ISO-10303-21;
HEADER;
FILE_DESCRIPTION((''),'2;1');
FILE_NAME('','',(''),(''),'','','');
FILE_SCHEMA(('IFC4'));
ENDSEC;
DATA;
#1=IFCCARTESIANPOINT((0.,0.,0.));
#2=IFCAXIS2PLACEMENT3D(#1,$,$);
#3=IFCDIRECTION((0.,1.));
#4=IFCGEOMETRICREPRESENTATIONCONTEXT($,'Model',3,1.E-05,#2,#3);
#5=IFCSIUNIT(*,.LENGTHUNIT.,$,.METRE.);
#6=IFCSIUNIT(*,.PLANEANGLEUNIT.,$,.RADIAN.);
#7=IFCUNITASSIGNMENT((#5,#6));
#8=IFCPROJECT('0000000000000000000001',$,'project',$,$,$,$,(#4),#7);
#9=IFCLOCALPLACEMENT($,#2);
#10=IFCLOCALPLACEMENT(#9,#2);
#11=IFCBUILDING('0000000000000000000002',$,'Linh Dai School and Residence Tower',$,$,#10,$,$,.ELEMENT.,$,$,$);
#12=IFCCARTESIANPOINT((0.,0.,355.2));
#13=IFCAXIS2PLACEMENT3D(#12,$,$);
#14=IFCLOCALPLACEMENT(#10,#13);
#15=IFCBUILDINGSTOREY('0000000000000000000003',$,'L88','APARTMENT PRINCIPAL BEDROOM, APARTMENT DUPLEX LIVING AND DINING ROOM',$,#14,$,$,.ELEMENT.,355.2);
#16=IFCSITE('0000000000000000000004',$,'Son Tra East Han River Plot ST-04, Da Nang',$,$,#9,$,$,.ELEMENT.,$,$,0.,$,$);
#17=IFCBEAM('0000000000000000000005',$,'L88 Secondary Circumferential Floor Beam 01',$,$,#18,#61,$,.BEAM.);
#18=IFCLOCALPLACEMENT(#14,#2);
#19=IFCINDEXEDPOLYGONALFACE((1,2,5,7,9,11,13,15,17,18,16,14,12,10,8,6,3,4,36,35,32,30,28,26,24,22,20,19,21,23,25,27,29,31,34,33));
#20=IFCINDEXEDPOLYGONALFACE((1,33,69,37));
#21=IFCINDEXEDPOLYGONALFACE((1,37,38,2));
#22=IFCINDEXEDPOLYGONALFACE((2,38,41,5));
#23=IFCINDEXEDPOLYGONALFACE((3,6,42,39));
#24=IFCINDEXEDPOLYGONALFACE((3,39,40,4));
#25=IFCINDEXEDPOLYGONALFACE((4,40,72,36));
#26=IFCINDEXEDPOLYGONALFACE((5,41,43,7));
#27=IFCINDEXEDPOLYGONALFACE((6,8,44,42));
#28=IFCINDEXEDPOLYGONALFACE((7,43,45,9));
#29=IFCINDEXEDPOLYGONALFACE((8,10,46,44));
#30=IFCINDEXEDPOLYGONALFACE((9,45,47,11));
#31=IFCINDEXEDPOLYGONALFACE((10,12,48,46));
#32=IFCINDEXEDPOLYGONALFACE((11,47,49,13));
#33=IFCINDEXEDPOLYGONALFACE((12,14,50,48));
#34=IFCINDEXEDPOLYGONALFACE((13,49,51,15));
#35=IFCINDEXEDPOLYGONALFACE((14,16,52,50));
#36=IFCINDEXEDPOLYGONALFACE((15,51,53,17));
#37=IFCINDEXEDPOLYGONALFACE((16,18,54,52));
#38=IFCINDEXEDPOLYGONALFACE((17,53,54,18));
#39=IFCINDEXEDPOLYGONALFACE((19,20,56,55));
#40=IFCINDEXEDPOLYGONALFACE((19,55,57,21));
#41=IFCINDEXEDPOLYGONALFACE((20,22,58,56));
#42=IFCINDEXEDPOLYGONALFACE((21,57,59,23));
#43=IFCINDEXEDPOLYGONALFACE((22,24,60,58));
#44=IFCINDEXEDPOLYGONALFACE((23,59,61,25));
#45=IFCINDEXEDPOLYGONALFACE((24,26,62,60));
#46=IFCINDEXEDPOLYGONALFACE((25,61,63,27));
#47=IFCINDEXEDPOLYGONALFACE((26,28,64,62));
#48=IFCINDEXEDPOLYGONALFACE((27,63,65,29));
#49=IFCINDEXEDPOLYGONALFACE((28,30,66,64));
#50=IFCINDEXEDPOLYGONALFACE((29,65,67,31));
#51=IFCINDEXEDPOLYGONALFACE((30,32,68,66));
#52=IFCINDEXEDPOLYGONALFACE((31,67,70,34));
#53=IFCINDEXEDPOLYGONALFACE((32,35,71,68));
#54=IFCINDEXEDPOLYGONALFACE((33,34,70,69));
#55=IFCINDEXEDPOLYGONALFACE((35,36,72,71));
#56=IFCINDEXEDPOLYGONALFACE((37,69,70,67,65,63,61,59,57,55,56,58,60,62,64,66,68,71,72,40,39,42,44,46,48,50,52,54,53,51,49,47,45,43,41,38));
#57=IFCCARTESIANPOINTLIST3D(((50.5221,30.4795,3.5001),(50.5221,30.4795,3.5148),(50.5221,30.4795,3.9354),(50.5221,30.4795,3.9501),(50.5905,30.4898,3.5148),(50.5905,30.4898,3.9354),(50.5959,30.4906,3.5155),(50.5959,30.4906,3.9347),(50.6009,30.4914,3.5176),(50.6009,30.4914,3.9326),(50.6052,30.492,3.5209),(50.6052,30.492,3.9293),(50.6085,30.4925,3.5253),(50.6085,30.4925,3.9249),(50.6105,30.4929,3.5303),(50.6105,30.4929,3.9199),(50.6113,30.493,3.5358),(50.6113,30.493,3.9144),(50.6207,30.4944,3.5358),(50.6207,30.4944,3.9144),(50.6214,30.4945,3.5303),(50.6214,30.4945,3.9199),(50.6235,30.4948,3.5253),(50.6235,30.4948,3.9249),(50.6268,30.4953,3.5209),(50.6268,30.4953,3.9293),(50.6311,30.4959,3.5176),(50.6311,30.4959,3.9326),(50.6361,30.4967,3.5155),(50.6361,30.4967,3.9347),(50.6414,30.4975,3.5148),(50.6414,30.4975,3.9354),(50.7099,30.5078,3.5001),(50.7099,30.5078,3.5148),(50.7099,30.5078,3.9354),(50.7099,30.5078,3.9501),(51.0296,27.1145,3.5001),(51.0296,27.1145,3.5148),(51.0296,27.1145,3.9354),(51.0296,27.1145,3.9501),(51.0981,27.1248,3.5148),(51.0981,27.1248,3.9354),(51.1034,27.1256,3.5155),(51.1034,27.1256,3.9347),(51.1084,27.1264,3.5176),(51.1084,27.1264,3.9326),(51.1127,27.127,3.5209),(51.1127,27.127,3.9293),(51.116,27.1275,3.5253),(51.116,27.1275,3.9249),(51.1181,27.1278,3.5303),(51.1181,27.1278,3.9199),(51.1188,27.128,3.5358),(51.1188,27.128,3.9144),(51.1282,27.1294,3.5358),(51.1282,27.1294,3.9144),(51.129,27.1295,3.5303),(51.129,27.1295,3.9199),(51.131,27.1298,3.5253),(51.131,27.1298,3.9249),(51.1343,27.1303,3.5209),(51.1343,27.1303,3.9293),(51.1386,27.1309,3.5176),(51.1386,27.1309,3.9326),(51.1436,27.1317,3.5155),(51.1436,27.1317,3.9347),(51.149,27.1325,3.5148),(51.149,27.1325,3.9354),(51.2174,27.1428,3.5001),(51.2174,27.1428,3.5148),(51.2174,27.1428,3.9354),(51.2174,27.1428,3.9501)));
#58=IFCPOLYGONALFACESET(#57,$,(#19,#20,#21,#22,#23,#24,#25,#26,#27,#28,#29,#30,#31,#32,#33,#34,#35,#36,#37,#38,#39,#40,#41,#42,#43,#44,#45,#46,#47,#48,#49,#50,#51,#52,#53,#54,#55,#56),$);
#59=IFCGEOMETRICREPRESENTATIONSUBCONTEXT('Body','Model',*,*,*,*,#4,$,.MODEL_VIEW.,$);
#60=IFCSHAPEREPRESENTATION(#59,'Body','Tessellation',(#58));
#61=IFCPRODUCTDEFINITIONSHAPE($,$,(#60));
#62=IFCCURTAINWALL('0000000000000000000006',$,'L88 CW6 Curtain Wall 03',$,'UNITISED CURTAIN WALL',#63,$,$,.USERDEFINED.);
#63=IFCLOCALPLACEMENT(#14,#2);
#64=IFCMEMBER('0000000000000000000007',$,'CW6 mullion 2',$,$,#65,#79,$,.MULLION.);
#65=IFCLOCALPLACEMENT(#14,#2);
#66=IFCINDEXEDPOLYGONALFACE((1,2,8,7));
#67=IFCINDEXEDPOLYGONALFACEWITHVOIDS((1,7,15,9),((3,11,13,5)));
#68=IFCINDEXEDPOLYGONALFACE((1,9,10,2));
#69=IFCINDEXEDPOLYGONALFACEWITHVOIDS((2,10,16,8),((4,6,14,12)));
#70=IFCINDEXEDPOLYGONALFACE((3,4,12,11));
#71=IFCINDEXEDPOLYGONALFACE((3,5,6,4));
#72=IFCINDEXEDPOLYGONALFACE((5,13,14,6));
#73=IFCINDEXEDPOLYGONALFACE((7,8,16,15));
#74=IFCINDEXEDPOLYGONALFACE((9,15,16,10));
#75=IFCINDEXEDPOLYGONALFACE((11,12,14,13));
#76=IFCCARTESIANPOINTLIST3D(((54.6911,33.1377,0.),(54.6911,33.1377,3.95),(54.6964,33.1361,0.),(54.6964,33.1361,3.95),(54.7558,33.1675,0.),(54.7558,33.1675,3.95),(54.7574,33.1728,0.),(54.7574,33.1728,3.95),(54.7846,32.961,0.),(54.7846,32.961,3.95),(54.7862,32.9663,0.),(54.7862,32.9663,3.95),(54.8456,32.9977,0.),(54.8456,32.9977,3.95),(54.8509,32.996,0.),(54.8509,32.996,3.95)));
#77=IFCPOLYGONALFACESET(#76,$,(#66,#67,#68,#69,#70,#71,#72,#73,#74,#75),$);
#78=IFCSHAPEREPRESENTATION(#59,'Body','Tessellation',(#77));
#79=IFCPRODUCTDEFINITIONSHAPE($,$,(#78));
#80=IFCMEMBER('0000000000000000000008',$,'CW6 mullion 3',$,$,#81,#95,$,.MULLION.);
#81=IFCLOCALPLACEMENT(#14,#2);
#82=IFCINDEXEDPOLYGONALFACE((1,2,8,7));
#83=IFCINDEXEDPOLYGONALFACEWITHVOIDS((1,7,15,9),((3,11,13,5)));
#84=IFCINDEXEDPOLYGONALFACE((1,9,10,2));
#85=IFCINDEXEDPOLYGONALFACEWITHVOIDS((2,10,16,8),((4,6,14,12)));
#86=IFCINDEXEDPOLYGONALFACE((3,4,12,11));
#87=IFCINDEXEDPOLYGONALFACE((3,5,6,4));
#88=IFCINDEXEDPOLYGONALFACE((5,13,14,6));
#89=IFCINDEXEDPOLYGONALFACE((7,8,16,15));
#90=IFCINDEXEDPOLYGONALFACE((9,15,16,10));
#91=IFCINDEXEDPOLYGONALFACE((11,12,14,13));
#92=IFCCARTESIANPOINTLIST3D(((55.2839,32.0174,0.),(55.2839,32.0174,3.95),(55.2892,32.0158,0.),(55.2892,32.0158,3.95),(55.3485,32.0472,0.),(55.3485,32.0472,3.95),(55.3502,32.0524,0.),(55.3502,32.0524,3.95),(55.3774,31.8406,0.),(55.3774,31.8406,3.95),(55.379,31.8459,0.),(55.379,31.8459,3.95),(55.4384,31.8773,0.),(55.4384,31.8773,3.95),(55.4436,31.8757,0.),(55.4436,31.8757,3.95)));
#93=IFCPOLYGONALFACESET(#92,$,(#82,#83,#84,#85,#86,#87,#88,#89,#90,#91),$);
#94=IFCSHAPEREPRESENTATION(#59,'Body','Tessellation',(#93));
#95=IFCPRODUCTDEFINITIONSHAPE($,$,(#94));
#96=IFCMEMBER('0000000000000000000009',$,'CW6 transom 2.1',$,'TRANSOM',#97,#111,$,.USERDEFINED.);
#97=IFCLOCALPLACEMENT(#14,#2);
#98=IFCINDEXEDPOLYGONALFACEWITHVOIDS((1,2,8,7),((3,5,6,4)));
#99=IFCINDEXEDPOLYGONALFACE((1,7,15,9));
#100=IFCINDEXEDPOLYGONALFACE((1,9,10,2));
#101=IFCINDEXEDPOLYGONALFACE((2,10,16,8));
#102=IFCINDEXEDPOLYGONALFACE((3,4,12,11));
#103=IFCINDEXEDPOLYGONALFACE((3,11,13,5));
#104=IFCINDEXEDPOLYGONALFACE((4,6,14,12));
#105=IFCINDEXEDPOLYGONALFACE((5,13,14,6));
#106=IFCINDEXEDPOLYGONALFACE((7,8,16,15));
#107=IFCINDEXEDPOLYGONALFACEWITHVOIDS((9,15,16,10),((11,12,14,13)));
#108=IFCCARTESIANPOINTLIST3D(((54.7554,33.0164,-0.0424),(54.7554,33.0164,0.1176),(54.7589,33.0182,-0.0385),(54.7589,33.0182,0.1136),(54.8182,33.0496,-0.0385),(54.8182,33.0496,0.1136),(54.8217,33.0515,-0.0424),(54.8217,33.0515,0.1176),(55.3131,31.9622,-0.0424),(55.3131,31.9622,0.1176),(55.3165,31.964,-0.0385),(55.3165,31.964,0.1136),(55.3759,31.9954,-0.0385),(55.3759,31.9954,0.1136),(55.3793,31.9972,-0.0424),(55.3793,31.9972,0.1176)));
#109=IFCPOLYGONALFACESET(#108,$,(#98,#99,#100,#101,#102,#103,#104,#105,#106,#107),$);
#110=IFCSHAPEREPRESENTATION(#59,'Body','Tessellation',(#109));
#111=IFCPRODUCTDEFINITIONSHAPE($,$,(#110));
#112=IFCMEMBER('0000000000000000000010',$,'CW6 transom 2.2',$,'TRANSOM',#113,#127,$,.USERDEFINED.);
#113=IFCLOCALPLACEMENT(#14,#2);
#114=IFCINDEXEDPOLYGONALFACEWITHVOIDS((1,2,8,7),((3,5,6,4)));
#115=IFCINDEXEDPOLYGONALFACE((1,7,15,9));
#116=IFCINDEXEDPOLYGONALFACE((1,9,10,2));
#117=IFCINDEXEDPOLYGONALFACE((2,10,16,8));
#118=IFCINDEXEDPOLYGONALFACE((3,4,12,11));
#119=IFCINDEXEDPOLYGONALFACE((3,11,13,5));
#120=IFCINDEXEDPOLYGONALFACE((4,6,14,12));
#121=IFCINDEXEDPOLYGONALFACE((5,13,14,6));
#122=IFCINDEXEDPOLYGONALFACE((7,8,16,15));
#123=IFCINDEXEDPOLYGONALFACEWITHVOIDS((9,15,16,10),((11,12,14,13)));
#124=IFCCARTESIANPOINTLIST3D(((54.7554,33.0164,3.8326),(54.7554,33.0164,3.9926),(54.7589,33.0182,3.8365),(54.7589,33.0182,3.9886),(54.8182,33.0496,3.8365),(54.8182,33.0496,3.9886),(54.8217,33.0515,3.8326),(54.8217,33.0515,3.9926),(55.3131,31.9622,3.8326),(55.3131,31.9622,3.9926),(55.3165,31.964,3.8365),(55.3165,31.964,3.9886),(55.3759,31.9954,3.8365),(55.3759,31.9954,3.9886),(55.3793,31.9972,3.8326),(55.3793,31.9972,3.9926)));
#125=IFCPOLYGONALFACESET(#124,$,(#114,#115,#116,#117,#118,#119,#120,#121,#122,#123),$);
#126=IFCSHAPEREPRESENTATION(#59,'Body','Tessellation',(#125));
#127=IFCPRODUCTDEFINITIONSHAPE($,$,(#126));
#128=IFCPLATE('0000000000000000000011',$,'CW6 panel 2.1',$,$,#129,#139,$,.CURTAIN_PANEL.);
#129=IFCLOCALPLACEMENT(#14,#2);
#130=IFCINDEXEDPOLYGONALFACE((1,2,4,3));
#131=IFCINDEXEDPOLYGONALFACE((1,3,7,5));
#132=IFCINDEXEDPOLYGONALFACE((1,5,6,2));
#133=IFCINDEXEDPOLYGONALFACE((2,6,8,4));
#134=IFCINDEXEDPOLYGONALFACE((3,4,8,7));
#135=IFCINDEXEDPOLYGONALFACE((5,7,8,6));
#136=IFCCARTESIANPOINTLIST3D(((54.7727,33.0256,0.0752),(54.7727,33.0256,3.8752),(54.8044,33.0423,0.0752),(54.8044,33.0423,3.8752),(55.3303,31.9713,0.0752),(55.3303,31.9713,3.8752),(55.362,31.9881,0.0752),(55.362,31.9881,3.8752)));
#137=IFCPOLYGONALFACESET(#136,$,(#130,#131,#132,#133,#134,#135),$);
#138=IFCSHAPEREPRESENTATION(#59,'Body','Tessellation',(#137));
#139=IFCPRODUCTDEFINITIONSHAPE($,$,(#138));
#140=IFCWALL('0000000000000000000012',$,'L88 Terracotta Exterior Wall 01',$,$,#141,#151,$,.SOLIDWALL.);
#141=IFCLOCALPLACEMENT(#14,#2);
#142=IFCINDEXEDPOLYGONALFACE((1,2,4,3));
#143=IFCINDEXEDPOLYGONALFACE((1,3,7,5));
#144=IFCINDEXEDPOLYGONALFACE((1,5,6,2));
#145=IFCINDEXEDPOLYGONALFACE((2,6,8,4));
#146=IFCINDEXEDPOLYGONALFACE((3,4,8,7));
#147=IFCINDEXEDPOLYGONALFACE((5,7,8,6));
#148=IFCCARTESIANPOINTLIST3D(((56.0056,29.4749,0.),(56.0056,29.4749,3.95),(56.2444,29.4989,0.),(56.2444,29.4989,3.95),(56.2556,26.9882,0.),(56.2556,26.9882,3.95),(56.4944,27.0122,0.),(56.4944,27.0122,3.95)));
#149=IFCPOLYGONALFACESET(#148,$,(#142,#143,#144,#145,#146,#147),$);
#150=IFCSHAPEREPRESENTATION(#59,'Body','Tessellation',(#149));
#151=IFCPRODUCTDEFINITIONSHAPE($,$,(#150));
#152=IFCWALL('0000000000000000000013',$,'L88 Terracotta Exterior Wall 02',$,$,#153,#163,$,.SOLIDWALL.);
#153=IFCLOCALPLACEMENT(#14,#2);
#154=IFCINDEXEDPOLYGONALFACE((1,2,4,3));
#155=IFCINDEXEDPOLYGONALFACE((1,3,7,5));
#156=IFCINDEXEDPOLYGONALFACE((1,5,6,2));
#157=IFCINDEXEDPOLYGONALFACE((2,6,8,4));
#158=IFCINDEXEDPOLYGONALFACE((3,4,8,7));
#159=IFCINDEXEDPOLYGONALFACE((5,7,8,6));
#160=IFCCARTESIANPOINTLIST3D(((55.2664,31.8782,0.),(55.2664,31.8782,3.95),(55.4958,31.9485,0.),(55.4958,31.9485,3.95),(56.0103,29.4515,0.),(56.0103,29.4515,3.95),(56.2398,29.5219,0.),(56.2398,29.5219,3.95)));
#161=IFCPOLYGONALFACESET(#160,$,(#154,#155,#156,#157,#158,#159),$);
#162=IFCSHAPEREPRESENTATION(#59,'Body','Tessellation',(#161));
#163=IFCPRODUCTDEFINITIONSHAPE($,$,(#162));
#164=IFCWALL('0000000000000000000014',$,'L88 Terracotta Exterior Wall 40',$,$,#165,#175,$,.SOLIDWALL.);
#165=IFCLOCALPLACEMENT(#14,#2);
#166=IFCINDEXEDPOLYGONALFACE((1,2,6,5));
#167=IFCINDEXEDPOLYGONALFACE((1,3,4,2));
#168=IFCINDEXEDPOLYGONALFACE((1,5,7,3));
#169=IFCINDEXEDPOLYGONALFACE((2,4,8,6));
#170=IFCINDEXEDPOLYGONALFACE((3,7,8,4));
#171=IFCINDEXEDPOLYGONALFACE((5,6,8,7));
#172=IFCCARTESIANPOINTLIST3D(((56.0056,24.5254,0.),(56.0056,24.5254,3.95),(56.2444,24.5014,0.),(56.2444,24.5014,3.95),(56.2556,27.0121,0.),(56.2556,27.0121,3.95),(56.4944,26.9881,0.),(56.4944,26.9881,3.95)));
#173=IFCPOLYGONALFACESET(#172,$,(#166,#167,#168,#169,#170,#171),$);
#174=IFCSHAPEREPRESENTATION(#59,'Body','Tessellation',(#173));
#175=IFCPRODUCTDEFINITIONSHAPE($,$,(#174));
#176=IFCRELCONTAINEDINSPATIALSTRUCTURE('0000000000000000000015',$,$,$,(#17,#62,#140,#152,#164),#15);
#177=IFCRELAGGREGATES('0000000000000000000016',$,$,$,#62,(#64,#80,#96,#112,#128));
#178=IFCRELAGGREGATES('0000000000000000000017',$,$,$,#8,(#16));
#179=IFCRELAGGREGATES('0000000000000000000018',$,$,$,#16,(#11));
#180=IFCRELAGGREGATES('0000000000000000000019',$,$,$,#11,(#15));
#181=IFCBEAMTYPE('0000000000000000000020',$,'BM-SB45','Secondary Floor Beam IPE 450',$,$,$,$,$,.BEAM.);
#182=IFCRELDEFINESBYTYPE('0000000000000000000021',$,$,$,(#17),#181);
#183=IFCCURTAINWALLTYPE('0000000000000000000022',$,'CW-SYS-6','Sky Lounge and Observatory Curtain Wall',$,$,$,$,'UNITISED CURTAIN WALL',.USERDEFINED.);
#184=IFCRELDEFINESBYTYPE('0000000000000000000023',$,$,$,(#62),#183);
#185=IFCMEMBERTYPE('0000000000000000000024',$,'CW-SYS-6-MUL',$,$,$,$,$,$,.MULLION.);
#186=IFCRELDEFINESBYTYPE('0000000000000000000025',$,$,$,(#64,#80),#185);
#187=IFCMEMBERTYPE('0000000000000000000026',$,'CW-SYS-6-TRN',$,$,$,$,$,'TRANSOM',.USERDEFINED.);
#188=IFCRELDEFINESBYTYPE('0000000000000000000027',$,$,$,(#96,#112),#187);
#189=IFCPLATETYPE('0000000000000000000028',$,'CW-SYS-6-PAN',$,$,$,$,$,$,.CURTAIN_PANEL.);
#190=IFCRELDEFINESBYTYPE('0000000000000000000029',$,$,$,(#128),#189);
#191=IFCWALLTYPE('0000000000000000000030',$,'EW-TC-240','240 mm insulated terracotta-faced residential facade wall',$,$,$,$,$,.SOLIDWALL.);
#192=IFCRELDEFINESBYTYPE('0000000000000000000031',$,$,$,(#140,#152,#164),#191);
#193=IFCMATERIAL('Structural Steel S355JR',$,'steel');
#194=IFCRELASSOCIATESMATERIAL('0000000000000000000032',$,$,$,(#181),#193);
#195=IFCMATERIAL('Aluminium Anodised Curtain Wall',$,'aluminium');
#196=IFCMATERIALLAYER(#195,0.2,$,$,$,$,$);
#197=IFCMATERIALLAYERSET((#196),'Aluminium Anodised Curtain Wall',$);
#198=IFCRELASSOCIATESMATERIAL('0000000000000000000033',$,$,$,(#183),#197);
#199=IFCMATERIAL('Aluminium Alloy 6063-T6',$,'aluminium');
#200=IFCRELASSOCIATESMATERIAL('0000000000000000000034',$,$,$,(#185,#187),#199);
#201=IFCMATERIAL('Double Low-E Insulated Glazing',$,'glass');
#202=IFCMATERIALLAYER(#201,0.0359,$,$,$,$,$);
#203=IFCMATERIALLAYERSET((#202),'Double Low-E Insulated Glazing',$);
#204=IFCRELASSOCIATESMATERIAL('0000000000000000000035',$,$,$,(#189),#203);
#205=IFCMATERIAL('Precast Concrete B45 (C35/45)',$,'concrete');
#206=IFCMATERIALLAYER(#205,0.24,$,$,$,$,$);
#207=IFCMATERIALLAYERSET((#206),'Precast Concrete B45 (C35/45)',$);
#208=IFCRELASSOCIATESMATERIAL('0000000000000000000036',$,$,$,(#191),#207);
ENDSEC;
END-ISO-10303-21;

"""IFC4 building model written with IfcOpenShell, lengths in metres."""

from ifc_helpers import new_model, si_unit, direction, frame, frame_2d, origin, origin_2d, place, context, subcontext, project, spatial, rectangle, hollow_rectangle, i_section, extrude, source, transform, mapped, material, layer, layer_set, material_profile, profile_set, type_object, element, aggregate, save


model = new_model("IFC4")

# Units and contexts
model_context = context("Model", 3, precision=1e-05, world=origin(), true_north=direction((0.0, 1.0)))
body_context = subcontext(model_context, "Body", "Model", "MODEL_VIEW")
ifc_project = project(units=[si_unit("LENGTHUNIT", "METRE"), si_unit("PLANEANGLEUNIT", "RADIAN")], contexts=[model_context])

# Site, building, storey
site_placement = place(None, origin())
site = spatial("IfcSite", under=ifc_project, at=site_placement, Name="Son Tra East Han River Plot ST-04, Da Nang", CompositionType="ELEMENT", RefElevation=0.0)
building_placement = place(site_placement, origin())
building = spatial("IfcBuilding", under=site, at=building_placement, Name="Linh Dai School and Residence Tower", CompositionType="ELEMENT")
storey_placement = place(building_placement, frame((0.0, 0.0, 355.2)))
storey = spatial("IfcBuildingStorey", under=building, at=storey_placement, Name="L88", Description="APARTMENT PRINCIPAL BEDROOM, APARTMENT DUPLEX LIVING AND DINING ROOM", CompositionType="ELEMENT", Elevation=355.2)

# Shared definitions
ifc_material_1 = material(Name="Structural Steel S355JR", Category="steel")

# Beam
ifc_material_profile_1 = material_profile(ifc_material_1, i_section(OverallWidth=0.1899, OverallDepth=0.45, WebThickness=0.0095, FlangeThickness=0.0146, FilletRadius=0.021, at=origin_2d()), Name="IPE 450")
ifc_profile_set_1 = profile_set([ifc_material_profile_1], Name="Structural Steel S355JR")
beam_type_1 = type_object("IfcBeamType", Name="BM-SB45", Description="Secondary Floor Beam IPE 450", PredefinedType="BEAM", material=ifc_profile_set_1)
beam_1_placement = place(storey_placement, frame((51.1235, 27.1287, 3.7251), z_axis=(-0.149151, 0.988814, 0.0), x_axis=(-0.988814, -0.149151, 0.0)))
element("IfcBeam", 1, at=beam_1_placement, inside=storey, type_object=beam_type_1, Name="L88 Secondary Circumferential Floor Beam 01", PredefinedType="BEAM", context=body_context, shape_type="SweptSolid", body=[
    extrude(i_section(OverallWidth=0.1899, OverallDepth=0.45, WebThickness=0.0095, FlangeThickness=0.0146, FilletRadius=0.021, at=origin_2d()), origin(), (0.0, 0.0, 1.0), 3.4031),
])

# Curtain wall, members, plate
ifc_material_2 = material(Name="Aluminium Anodised Curtain Wall", Category="aluminium")
ifc_layer_1 = layer(ifc_material_2, 0.2)
ifc_layer_set_1 = layer_set([ifc_layer_1], Name="Aluminium Anodised Curtain Wall")
curtain_wall_type = type_object("IfcCurtainWallType", Name="CW-SYS-6", Description="Sky Lounge and Observatory Curtain Wall", ElementType="UNITISED CURTAIN WALL", PredefinedType="USERDEFINED", material=ifc_layer_set_1)
curtain_wall_placement = place(storey_placement, origin())
curtain_wall = element("IfcCurtainWall", 2, at=curtain_wall_placement, inside=storey, type_object=curtain_wall_type, Name="L88 CW6 Curtain Wall 03", ObjectType="UNITISED CURTAIN WALL", PredefinedType="USERDEFINED")
ifc_material_3 = material(Name="Aluminium Alloy 6063-T6", Category="aluminium")
ifc_material_profile_2 = material_profile(ifc_material_3, hollow_rectangle(XDim=0.075, YDim=0.2, WallThickness=0.0039, at=origin_2d()), Name="RHS 200x75x4")
ifc_profile_set_2 = profile_set([ifc_material_profile_2], Name="Aluminium Alloy 6063-T6")
member_type_1 = type_object("IfcMemberType", Name="CW-SYS-6-MUL", PredefinedType="MULLION", material=ifc_profile_set_2)
shared_shape_1 = source(origin(), body_context, "Body", "SweptSolid", [
    extrude(hollow_rectangle(XDim=0.075, YDim=0.2, WallThickness=0.0039, at=origin_2d()), origin(), (0.0, 0.0, 1.0), 3.95),
])
member_1_placement = place(storey_placement, frame((54.771, 33.0669, 0.0), z_axis=(0.0, 0.0, 1.0), x_axis=(0.883972, 0.46754, 0.0)))
member_1 = element("IfcMember", 3, at=member_1_placement, type_object=member_type_1, Name="CW6 mullion 2", PredefinedType="MULLION", context=body_context, shape_type="MappedRepresentation", body=[
    mapped(shared_shape_1, transform((0.0, 0.0, 0.0), x_axis=(1.0, 0.0, 0.0), y_axis=(0.0, 1.0, 0.0), z_axis=(0.0, 0.0, 1.0), scale=1.0)),
])
member_2_placement = place(storey_placement, frame((55.3638, 31.9465, 0.0), z_axis=(0.0, 0.0, 1.0), x_axis=(0.883972, 0.46754, 0.0)))
member_2 = element("IfcMember", 4, at=member_2_placement, type_object=member_type_1, Name="CW6 mullion 3", PredefinedType="MULLION", context=body_context, shape_type="MappedRepresentation", body=[
    mapped(shared_shape_1, transform((0.0, 0.0, 0.0), x_axis=(1.0, 0.0, 0.0), y_axis=(0.0, 1.0, 0.0), z_axis=(0.0, 0.0, 1.0), scale=1.0)),
])
ifc_material_profile_3 = material_profile(ifc_material_3, hollow_rectangle(XDim=0.075, YDim=0.1599, WallThickness=0.0039, at=origin_2d()), Name="RHS 160x75x4")
ifc_profile_set_3 = profile_set([ifc_material_profile_3], Name="Aluminium Alloy 6063-T6")
member_type_2 = type_object("IfcMemberType", Name="CW-SYS-6-TRN", ElementType="TRANSOM", PredefinedType="USERDEFINED", material=ifc_profile_set_3)
shared_shape_2 = source(origin(), body_context, "Body", "SweptSolid", [
    extrude(hollow_rectangle(XDim=0.075, YDim=0.1599, WallThickness=0.0039, at=origin_2d()), origin(), (0.0, 0.0, 1.0), 1.1926),
])
member_3_placement = place(storey_placement, frame((54.7886, 33.0339, 0.0376), z_axis=(0.467568, -0.883957, 0.0), x_axis=(0.883957, 0.467568, 0.0)))
member_3 = element("IfcMember", 5, at=member_3_placement, type_object=member_type_2, Name="CW6 transom 2.1", ObjectType="TRANSOM", PredefinedType="USERDEFINED", context=body_context, shape_type="MappedRepresentation", body=[
    mapped(shared_shape_2, transform((0.0, 0.0, 0.0), x_axis=(1.0, 0.0, 0.0), y_axis=(0.0, 1.0, 0.0), z_axis=(0.0, 0.0, 1.0), scale=1.0)),
])
member_4_placement = place(storey_placement, frame((54.7886, 33.0339, 3.9126), z_axis=(0.467568, -0.883957, 0.0), x_axis=(0.883957, 0.467568, 0.0)))
member_4 = element("IfcMember", 6, at=member_4_placement, type_object=member_type_2, Name="CW6 transom 2.2", ObjectType="TRANSOM", PredefinedType="USERDEFINED", context=body_context, shape_type="MappedRepresentation", body=[
    mapped(shared_shape_2, transform((0.0, 0.0, 0.0), x_axis=(1.0, 0.0, 0.0), y_axis=(0.0, 1.0, 0.0), z_axis=(0.0, 0.0, 1.0), scale=1.0)),
])
ifc_material_4 = material(Name="Double Low-E Insulated Glazing", Category="glass")
ifc_layer_2 = layer(ifc_material_4, 0.0359)
ifc_layer_set_2 = layer_set([ifc_layer_2], Name="Double Low-E Insulated Glazing")
plate_type = type_object("IfcPlateType", Name="CW-SYS-6-PAN", PredefinedType="CURTAIN_PANEL", material=ifc_layer_set_2)
shared_shape_3 = source(origin(), body_context, "Body", "SweptSolid", [
    extrude(rectangle(XDim=1.1926, YDim=0.0359, at=origin_2d()), origin(), (0.0, 0.0, 1.0), 3.8),
])
plate_placement = place(storey_placement, frame((55.0674, 32.5068, 0.0752), z_axis=(0.0, 0.0, 1.0), x_axis=(0.46754, -0.883972, 0.0)))
plate = element("IfcPlate", 7, at=plate_placement, type_object=plate_type, Name="CW6 panel 2.1", PredefinedType="CURTAIN_PANEL", context=body_context, shape_type="MappedRepresentation", body=[
    mapped(shared_shape_3, transform((0.0, 0.0, 0.0), x_axis=(1.0, 0.0, 0.0), y_axis=(0.0, 1.0, 0.0), z_axis=(0.0, 0.0, 1.0), scale=1.0)),
])
aggregate(curtain_wall, [member_1, member_2, member_3, member_4, plate])

# Walls
ifc_material_5 = material(Name="Precast Concrete B45 (C35/45)", Category="concrete")
ifc_layer_3 = layer(ifc_material_5, 0.24)
ifc_layer_set_3 = layer_set([ifc_layer_3], Name="Precast Concrete B45 (C35/45)")
wall_type_1 = type_object("IfcWallType", Name="EW-TC-240", Description="240 mm insulated terracotta-faced residential facade wall", PredefinedType="SOLIDWALL", material=ifc_layer_set_3)
wall_1_placement = place(storey_placement, frame((56.125, 29.4868, 0.0), z_axis=(0.0, 0.0, 1.0), x_axis=(0.100026, -0.994985, 0.0)))
element("IfcWall", 8, at=wall_1_placement, inside=storey, type_object=wall_type_1, Name="L88 Terracotta Exterior Wall 01", PredefinedType="SOLIDWALL", context=body_context, shape_type="SweptSolid", body=[
    extrude(rectangle(XDim=2.4993, YDim=0.24, at=frame_2d((1.2495, 0.0))), origin(), (0.0, 0.0, 1.0), 3.95),
])
wall_2_placement = place(storey_placement, frame((55.3811, 31.9133, 0.0), z_axis=(0.0, 0.0, 1.0), x_axis=(0.293106, -0.95608, 0.0)))
element("IfcWall", 9, at=wall_2_placement, inside=storey, type_object=wall_type_1, Name="L88 Terracotta Exterior Wall 02", PredefinedType="SOLIDWALL", context=body_context, shape_type="SweptSolid", body=[
    extrude(rectangle(XDim=2.5381, YDim=0.24, at=frame_2d((1.269, 0.0))), origin(), (0.0, 0.0, 1.0), 3.95),
])
wall_3_placement = place(storey_placement, frame((56.375, 27.0, 0.0), z_axis=(0.0, 0.0, 1.0), x_axis=(-0.100026, -0.994985, 0.0)))
element("IfcWall", 10, at=wall_3_placement, inside=storey, type_object=wall_type_1, Name="L88 Terracotta Exterior Wall 40", PredefinedType="SOLIDWALL", context=body_context, shape_type="SweptSolid", body=[
    extrude(rectangle(XDim=2.4993, YDim=0.24, at=frame_2d((1.2495, 0.0))), origin(), (0.0, 0.0, 1.0), 3.95),
])

save(model, "model.ifc")
